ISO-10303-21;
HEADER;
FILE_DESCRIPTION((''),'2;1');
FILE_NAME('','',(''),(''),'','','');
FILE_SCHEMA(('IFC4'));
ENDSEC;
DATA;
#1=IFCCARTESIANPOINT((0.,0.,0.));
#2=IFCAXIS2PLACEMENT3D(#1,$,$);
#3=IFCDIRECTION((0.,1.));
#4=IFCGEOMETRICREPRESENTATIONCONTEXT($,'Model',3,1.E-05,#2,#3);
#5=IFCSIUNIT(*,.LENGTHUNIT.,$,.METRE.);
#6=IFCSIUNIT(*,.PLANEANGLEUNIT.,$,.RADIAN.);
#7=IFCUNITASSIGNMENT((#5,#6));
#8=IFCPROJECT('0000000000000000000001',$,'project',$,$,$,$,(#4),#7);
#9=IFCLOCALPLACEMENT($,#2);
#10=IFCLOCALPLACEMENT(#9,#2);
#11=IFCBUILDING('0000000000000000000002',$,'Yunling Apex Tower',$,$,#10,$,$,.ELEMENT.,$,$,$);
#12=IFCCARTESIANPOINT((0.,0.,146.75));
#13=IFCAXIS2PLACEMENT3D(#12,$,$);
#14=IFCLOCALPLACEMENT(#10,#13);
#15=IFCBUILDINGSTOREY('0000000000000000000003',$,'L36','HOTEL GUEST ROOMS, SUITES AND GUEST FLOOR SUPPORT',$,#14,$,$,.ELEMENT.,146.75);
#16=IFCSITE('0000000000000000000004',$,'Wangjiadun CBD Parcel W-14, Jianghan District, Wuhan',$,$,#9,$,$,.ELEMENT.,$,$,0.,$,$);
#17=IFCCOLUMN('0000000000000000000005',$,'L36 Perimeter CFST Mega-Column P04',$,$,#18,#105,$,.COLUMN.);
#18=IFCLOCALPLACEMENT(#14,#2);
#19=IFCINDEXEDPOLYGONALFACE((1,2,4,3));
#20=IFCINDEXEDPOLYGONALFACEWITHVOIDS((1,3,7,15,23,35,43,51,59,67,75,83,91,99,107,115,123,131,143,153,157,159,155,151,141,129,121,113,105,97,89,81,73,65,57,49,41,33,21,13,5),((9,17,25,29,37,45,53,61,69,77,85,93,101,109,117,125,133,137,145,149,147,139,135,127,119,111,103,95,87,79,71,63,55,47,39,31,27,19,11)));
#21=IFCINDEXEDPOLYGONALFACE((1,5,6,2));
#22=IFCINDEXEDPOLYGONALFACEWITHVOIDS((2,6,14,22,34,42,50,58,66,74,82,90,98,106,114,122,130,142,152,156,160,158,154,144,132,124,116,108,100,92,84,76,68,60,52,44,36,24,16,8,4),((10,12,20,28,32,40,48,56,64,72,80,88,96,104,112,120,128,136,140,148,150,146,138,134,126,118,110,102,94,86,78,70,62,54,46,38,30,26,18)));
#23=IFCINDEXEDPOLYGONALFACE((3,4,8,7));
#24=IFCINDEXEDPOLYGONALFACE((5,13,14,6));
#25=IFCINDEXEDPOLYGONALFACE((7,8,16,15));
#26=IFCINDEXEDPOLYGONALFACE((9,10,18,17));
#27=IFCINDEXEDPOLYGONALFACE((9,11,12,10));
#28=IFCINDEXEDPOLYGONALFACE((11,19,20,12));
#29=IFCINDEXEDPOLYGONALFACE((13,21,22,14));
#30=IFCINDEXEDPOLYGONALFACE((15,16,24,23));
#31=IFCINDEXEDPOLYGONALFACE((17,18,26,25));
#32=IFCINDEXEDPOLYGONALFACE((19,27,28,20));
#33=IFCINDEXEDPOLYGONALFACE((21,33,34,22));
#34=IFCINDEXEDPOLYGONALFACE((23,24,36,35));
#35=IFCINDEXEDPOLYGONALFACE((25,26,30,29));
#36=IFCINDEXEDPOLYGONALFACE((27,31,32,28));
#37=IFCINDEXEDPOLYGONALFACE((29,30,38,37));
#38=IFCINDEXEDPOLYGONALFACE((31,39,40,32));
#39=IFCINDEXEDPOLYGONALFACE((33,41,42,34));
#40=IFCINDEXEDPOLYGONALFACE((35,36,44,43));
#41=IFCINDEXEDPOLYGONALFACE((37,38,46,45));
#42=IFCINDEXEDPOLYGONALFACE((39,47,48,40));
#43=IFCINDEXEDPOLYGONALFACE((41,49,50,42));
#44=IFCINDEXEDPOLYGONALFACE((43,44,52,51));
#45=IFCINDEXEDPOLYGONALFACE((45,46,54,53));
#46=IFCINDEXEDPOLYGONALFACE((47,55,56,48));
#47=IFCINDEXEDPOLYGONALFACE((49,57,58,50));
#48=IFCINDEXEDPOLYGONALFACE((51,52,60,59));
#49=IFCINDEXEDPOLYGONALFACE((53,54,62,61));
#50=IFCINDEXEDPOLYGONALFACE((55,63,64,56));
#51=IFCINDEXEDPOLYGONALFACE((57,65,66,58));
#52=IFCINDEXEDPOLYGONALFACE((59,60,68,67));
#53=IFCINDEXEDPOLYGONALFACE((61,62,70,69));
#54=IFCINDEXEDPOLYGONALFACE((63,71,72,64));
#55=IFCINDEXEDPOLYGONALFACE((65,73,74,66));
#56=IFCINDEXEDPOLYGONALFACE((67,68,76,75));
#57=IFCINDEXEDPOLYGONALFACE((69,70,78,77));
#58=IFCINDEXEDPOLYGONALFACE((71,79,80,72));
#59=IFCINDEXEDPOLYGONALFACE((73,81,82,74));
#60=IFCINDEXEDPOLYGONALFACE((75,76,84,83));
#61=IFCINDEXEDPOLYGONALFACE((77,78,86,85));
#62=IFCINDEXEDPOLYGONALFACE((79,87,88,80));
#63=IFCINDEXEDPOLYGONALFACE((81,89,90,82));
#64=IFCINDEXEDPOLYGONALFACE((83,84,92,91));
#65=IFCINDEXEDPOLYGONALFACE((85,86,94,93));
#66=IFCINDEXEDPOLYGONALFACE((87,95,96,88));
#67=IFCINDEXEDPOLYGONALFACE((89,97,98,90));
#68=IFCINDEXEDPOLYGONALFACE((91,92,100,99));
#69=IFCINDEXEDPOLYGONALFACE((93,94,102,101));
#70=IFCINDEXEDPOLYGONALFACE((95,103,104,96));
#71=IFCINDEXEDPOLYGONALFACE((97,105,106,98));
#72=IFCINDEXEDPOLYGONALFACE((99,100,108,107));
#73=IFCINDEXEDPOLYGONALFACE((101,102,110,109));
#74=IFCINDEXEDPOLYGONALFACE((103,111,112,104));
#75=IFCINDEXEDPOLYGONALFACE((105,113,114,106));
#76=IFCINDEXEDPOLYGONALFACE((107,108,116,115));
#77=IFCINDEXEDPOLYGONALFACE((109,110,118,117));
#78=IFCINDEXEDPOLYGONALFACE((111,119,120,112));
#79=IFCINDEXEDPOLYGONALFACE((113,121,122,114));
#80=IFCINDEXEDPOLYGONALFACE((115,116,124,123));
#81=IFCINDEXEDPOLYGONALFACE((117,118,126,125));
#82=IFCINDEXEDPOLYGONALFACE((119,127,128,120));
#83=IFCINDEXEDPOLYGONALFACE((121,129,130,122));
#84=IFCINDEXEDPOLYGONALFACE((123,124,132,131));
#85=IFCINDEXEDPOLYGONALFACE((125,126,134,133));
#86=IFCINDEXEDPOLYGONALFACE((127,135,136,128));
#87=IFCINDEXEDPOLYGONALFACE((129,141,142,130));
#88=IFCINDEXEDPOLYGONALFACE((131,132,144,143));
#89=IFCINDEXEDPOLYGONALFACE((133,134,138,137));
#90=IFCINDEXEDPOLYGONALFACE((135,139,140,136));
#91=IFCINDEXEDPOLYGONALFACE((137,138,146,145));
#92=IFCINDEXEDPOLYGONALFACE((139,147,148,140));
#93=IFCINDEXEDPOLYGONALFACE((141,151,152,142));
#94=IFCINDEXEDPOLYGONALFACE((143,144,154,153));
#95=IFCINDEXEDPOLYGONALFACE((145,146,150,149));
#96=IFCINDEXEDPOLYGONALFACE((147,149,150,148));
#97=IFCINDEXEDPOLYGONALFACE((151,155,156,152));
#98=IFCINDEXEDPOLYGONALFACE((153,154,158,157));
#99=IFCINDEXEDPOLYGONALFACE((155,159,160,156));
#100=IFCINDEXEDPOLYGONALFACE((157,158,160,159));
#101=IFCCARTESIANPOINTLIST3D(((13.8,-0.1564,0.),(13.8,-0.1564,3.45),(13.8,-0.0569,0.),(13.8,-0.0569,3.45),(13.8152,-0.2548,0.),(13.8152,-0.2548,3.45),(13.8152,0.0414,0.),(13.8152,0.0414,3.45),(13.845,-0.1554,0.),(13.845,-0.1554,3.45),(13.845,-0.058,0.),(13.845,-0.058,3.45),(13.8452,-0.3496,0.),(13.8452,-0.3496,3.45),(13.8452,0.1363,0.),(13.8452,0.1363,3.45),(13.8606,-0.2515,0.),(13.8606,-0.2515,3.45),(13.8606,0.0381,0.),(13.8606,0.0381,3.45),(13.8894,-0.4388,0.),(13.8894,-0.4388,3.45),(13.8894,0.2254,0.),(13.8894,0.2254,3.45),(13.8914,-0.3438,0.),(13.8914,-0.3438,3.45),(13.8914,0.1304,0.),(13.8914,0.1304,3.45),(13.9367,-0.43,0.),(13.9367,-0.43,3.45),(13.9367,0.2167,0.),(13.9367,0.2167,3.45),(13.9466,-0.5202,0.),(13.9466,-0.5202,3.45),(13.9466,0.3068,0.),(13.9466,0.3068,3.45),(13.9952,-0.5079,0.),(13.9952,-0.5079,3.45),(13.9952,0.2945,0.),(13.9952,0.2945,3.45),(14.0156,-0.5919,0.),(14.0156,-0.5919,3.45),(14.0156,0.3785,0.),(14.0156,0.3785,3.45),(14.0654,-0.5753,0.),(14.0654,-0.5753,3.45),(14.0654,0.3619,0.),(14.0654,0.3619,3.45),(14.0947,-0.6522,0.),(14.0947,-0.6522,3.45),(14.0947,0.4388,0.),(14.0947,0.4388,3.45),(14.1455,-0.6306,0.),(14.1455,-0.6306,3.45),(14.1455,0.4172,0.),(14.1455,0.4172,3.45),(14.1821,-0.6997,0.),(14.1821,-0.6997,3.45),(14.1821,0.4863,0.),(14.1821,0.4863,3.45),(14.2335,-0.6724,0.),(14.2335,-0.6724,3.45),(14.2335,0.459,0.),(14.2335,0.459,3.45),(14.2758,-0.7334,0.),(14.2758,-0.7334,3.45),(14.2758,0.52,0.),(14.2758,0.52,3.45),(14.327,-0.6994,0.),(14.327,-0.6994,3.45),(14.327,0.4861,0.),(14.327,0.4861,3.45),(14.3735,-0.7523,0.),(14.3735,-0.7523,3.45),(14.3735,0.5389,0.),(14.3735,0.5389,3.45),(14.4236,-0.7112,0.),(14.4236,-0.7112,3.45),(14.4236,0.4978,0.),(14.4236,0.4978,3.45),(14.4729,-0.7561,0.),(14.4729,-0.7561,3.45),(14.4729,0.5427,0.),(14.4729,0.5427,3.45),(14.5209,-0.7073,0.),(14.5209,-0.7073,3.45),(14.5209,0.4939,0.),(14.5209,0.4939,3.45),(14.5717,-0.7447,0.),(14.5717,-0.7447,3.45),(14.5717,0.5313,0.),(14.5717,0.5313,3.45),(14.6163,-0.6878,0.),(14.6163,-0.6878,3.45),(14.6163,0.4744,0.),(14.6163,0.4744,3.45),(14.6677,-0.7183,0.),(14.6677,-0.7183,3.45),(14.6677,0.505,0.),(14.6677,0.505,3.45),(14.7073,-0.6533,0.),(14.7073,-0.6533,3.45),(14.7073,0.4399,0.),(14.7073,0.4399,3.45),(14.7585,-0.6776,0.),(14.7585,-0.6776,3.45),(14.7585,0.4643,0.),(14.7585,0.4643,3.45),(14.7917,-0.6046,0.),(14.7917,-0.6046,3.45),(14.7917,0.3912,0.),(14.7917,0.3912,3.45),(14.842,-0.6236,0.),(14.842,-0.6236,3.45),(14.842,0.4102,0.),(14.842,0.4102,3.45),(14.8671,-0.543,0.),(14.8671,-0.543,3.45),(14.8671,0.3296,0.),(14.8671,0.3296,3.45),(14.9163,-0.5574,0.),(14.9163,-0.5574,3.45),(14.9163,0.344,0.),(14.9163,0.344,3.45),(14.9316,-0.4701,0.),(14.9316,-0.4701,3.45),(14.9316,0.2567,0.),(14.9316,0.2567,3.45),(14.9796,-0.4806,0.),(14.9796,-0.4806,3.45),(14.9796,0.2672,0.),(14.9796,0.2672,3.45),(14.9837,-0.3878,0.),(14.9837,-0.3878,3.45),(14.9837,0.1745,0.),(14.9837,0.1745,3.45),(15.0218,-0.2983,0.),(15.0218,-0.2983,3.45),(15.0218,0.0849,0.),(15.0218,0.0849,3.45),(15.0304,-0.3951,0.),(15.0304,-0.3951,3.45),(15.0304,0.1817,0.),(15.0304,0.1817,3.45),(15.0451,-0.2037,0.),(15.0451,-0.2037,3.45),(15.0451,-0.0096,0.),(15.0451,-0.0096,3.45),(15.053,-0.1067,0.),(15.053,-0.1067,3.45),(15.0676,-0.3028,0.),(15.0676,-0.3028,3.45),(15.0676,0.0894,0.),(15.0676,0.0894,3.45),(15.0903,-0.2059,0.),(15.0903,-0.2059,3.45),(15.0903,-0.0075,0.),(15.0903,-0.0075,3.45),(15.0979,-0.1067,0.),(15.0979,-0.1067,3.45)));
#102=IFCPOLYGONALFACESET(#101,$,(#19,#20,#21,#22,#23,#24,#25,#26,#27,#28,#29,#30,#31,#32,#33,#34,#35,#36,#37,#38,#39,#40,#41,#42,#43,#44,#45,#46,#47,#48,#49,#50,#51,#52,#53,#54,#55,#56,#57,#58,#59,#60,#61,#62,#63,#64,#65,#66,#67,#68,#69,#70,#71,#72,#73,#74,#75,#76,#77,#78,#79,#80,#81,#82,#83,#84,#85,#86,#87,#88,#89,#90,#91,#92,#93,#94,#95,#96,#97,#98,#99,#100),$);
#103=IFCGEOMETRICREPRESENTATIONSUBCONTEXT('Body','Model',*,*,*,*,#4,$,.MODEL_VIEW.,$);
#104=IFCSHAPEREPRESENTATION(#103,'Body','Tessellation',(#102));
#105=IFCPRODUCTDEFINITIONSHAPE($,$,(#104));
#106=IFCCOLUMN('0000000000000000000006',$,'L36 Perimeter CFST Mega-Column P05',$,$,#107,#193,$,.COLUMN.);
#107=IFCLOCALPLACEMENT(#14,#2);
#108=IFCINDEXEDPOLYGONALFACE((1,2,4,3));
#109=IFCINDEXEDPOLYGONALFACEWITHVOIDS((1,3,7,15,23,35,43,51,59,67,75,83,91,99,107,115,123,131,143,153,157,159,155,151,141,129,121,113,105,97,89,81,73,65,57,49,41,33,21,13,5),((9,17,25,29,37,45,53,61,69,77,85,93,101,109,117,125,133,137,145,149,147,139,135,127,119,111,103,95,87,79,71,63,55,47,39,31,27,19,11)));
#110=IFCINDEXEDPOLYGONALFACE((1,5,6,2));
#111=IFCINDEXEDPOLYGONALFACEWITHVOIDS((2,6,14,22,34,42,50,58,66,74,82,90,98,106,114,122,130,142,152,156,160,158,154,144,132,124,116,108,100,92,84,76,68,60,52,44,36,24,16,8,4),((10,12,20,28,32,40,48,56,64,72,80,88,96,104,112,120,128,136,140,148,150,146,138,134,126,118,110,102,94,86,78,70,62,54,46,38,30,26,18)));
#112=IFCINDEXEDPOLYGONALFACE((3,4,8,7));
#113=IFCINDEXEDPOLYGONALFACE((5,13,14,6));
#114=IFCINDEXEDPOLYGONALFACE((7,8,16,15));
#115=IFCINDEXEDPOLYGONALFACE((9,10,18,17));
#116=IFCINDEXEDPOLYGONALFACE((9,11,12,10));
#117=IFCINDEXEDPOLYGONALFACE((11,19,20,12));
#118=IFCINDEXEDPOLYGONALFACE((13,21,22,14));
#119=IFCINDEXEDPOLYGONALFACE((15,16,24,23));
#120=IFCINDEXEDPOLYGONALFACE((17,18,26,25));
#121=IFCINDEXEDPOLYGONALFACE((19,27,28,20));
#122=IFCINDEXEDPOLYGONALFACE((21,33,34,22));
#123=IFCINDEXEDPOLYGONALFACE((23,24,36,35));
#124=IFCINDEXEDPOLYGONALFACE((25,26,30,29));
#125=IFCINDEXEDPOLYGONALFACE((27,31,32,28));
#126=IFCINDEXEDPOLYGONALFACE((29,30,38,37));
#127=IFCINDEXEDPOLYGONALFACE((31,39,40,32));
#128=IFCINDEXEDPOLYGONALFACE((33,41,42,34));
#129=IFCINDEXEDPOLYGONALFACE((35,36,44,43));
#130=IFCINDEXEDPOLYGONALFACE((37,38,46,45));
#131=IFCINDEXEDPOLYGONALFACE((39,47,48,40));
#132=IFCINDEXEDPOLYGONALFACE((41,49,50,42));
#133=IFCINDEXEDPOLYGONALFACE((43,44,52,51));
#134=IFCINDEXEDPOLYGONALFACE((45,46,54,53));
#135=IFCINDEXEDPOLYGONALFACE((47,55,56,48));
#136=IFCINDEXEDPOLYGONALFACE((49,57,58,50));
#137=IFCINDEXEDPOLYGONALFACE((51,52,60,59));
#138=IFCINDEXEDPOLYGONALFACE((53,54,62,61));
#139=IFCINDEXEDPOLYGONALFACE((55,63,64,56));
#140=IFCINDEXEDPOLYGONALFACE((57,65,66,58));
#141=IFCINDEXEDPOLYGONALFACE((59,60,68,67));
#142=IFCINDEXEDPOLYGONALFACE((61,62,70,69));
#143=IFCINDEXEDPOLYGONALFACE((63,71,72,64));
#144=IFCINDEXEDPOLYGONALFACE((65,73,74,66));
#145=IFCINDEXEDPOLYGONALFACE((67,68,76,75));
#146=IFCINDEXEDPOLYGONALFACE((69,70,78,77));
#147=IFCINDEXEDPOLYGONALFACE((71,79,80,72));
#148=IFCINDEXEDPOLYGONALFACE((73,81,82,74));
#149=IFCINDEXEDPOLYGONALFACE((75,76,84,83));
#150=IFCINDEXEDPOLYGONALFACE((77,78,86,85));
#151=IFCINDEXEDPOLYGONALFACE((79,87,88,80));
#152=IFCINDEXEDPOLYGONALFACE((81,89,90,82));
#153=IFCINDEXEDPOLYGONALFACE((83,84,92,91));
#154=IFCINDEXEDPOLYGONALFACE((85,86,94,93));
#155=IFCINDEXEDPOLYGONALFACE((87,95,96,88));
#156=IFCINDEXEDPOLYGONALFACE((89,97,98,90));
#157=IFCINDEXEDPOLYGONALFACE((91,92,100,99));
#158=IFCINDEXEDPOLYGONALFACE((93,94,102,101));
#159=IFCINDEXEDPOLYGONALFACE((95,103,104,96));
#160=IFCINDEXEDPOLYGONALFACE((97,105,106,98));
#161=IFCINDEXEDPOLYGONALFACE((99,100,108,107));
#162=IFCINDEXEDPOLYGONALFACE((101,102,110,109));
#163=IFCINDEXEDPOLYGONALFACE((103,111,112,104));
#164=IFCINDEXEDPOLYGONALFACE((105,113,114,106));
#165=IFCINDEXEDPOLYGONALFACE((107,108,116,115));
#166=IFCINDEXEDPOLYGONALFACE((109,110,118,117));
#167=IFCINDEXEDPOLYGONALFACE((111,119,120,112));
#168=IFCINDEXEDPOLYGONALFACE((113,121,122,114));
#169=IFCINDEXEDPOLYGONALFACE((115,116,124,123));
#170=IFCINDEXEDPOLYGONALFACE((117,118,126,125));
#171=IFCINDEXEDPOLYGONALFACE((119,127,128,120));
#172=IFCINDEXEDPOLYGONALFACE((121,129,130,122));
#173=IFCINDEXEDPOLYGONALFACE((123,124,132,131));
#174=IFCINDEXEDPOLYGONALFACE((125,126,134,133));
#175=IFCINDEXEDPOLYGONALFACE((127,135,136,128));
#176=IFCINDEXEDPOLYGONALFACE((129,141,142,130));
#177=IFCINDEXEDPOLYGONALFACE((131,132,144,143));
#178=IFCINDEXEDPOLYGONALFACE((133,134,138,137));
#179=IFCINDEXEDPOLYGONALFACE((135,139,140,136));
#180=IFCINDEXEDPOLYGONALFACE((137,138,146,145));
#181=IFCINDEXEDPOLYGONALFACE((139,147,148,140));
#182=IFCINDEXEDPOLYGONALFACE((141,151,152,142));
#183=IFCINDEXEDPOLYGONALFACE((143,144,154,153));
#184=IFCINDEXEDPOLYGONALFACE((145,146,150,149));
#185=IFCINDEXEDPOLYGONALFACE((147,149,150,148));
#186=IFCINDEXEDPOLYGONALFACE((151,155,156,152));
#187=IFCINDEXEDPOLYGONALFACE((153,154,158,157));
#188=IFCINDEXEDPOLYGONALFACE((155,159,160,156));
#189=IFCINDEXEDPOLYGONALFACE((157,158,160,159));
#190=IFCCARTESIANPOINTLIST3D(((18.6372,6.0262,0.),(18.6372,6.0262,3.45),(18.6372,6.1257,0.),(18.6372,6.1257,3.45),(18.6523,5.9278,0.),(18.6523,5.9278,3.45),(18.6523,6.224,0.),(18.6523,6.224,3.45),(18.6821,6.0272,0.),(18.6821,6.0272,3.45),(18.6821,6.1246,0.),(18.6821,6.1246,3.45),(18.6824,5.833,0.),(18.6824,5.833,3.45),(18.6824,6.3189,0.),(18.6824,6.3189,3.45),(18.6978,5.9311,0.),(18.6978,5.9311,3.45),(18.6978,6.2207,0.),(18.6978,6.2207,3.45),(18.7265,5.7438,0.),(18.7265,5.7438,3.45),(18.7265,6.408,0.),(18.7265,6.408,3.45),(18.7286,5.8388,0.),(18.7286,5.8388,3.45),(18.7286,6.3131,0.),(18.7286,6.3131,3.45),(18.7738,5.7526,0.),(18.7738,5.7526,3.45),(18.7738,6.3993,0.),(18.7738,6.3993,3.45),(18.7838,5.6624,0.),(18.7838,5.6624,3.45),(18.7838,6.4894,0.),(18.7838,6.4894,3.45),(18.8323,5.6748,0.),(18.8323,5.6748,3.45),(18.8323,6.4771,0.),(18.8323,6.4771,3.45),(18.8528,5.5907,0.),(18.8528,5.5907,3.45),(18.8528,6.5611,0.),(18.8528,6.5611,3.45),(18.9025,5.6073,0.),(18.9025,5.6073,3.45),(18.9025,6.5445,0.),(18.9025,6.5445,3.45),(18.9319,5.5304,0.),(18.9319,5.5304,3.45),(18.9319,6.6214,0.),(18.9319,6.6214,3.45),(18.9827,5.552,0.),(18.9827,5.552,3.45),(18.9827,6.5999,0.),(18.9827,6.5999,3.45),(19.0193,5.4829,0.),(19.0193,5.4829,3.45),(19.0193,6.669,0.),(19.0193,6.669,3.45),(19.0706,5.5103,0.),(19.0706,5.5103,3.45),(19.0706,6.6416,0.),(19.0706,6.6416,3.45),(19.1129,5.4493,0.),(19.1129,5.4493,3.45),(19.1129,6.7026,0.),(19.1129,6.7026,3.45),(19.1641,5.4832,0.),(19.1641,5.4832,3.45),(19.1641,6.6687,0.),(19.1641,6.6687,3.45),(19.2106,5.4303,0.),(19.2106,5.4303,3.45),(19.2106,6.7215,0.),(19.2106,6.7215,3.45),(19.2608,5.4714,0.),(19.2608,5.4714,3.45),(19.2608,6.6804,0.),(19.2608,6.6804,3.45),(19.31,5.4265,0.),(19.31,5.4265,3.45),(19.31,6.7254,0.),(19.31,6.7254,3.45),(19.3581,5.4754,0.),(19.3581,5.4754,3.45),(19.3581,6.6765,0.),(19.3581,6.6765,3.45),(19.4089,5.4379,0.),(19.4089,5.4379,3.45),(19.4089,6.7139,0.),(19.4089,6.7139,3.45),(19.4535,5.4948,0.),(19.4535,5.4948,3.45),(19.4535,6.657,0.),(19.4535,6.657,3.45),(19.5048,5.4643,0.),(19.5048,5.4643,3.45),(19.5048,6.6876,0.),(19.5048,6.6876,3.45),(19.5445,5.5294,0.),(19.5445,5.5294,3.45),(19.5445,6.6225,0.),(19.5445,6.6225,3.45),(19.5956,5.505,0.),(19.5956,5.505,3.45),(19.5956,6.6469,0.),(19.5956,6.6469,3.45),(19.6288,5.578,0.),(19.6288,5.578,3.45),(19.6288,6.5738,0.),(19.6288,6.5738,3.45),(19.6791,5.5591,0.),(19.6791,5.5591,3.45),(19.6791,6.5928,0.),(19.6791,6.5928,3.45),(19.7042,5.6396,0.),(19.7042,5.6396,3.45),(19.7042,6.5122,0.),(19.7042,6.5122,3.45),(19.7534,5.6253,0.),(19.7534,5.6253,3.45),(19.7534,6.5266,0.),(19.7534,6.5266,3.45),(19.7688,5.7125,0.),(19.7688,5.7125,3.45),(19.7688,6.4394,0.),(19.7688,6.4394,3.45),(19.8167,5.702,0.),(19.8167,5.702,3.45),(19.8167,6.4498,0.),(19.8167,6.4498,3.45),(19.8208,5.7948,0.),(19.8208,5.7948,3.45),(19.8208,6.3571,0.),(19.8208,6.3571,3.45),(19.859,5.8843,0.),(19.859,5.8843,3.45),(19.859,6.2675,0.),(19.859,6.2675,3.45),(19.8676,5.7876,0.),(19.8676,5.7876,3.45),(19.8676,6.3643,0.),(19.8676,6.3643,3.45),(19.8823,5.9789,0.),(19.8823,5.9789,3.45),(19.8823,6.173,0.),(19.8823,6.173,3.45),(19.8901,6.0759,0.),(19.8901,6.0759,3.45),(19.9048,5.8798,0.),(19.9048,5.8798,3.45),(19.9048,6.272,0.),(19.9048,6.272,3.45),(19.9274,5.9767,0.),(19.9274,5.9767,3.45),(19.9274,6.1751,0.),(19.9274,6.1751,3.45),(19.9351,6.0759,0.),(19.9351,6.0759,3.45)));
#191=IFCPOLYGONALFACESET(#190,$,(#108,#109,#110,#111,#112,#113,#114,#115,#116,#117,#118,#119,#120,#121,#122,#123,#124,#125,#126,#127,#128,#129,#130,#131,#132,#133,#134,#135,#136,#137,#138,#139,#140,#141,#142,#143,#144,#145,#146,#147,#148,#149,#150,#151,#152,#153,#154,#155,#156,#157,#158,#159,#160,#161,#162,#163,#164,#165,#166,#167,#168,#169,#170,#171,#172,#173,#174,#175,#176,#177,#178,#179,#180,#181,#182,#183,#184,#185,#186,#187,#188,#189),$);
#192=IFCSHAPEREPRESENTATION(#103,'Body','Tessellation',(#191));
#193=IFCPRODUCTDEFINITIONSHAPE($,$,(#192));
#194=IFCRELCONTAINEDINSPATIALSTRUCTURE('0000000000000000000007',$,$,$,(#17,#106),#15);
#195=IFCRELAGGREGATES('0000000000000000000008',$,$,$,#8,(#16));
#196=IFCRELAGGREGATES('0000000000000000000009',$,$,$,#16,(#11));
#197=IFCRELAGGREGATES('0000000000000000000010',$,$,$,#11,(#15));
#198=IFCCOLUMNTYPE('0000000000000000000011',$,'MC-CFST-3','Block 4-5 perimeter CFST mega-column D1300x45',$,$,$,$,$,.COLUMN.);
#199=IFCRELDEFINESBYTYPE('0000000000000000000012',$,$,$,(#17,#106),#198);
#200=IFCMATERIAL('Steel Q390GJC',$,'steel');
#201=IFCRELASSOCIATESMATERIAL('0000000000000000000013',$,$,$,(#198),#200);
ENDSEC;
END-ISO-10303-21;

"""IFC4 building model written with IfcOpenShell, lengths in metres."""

from ifc_helpers import new_model, si_unit, direction, frame, origin, origin_2d, place, context, subcontext, project, spatial, hollow_circle, extrude, source, transform, mapped, material, material_profile, profile_set, type_object, element, save


model = new_model("IFC4")

# Units and contexts
model_context = context("Model", 3, precision=1e-05, world=origin(), true_north=direction((0.0, 1.0)))
body_context = subcontext(model_context, "Body", "Model", "MODEL_VIEW")
ifc_project = project(units=[si_unit("LENGTHUNIT", "METRE"), si_unit("PLANEANGLEUNIT", "RADIAN")], contexts=[model_context])

# Site, building, storey
site_placement = place(None, origin())
site = spatial("IfcSite", under=ifc_project, at=site_placement, Name="Wangjiadun CBD Parcel W-14, Jianghan District, Wuhan", CompositionType="ELEMENT", RefElevation=0.0)
building_placement = place(site_placement, origin())
building = spatial("IfcBuilding", under=site, at=building_placement, Name="Yunling Apex Tower", CompositionType="ELEMENT")
storey_placement = place(building_placement, frame((0.0, 0.0, 146.75)))
storey = spatial("IfcBuildingStorey", under=building, at=storey_placement, Name="L36", Description="HOTEL GUEST ROOMS, SUITES AND GUEST FLOOR SUPPORT", CompositionType="ELEMENT", Elevation=146.75)

# Columns
ifc_material_1 = material(Name="Steel Q390GJC", Category="steel")
ifc_material_profile_1 = material_profile(ifc_material_1, hollow_circle(Radius=0.6499, WallThickness=0.0449, at=origin_2d()))
ifc_profile_set_1 = profile_set([ifc_material_profile_1], Name="Steel Q390GJC")
column_type = type_object("IfcColumnType", Name="MC-CFST-3", Description="Block 4-5 perimeter CFST mega-column D1300x45", PredefinedType="COLUMN", material=ifc_profile_set_1)
shared_shape_1 = source(origin(), body_context, "Body", "SweptSolid", [
    extrude(hollow_circle(Radius=0.6499, WallThickness=0.0449, at=origin_2d()), origin(), (0.0, 0.0, 1.0), 3.45),
])
for number, where, z_axis, x_axis, name in (
    (1, (14.448, -0.1067, 0.0), (0.0, 0.0, 1.0), (1.0, 0.0, 0.0), "L36 Perimeter CFST Mega-Column P04"),
    (2, (19.2852, 6.0759, 0.0), (0.0, 0.0, 1.0), (1.0, 0.0, 0.0), "L36 Perimeter CFST Mega-Column P05"),
):
    element("IfcColumn", number, at=place(storey_placement, frame(where, z_axis=z_axis, x_axis=x_axis)), inside=storey, type_object=column_type, Name=name, PredefinedType="COLUMN", context=body_context, shape_type="MappedRepresentation", body=[
        mapped(shared_shape_1, transform((0.0, 0.0, 0.0), scale=1.0)),
    ])

save(model, "model.ifc")
